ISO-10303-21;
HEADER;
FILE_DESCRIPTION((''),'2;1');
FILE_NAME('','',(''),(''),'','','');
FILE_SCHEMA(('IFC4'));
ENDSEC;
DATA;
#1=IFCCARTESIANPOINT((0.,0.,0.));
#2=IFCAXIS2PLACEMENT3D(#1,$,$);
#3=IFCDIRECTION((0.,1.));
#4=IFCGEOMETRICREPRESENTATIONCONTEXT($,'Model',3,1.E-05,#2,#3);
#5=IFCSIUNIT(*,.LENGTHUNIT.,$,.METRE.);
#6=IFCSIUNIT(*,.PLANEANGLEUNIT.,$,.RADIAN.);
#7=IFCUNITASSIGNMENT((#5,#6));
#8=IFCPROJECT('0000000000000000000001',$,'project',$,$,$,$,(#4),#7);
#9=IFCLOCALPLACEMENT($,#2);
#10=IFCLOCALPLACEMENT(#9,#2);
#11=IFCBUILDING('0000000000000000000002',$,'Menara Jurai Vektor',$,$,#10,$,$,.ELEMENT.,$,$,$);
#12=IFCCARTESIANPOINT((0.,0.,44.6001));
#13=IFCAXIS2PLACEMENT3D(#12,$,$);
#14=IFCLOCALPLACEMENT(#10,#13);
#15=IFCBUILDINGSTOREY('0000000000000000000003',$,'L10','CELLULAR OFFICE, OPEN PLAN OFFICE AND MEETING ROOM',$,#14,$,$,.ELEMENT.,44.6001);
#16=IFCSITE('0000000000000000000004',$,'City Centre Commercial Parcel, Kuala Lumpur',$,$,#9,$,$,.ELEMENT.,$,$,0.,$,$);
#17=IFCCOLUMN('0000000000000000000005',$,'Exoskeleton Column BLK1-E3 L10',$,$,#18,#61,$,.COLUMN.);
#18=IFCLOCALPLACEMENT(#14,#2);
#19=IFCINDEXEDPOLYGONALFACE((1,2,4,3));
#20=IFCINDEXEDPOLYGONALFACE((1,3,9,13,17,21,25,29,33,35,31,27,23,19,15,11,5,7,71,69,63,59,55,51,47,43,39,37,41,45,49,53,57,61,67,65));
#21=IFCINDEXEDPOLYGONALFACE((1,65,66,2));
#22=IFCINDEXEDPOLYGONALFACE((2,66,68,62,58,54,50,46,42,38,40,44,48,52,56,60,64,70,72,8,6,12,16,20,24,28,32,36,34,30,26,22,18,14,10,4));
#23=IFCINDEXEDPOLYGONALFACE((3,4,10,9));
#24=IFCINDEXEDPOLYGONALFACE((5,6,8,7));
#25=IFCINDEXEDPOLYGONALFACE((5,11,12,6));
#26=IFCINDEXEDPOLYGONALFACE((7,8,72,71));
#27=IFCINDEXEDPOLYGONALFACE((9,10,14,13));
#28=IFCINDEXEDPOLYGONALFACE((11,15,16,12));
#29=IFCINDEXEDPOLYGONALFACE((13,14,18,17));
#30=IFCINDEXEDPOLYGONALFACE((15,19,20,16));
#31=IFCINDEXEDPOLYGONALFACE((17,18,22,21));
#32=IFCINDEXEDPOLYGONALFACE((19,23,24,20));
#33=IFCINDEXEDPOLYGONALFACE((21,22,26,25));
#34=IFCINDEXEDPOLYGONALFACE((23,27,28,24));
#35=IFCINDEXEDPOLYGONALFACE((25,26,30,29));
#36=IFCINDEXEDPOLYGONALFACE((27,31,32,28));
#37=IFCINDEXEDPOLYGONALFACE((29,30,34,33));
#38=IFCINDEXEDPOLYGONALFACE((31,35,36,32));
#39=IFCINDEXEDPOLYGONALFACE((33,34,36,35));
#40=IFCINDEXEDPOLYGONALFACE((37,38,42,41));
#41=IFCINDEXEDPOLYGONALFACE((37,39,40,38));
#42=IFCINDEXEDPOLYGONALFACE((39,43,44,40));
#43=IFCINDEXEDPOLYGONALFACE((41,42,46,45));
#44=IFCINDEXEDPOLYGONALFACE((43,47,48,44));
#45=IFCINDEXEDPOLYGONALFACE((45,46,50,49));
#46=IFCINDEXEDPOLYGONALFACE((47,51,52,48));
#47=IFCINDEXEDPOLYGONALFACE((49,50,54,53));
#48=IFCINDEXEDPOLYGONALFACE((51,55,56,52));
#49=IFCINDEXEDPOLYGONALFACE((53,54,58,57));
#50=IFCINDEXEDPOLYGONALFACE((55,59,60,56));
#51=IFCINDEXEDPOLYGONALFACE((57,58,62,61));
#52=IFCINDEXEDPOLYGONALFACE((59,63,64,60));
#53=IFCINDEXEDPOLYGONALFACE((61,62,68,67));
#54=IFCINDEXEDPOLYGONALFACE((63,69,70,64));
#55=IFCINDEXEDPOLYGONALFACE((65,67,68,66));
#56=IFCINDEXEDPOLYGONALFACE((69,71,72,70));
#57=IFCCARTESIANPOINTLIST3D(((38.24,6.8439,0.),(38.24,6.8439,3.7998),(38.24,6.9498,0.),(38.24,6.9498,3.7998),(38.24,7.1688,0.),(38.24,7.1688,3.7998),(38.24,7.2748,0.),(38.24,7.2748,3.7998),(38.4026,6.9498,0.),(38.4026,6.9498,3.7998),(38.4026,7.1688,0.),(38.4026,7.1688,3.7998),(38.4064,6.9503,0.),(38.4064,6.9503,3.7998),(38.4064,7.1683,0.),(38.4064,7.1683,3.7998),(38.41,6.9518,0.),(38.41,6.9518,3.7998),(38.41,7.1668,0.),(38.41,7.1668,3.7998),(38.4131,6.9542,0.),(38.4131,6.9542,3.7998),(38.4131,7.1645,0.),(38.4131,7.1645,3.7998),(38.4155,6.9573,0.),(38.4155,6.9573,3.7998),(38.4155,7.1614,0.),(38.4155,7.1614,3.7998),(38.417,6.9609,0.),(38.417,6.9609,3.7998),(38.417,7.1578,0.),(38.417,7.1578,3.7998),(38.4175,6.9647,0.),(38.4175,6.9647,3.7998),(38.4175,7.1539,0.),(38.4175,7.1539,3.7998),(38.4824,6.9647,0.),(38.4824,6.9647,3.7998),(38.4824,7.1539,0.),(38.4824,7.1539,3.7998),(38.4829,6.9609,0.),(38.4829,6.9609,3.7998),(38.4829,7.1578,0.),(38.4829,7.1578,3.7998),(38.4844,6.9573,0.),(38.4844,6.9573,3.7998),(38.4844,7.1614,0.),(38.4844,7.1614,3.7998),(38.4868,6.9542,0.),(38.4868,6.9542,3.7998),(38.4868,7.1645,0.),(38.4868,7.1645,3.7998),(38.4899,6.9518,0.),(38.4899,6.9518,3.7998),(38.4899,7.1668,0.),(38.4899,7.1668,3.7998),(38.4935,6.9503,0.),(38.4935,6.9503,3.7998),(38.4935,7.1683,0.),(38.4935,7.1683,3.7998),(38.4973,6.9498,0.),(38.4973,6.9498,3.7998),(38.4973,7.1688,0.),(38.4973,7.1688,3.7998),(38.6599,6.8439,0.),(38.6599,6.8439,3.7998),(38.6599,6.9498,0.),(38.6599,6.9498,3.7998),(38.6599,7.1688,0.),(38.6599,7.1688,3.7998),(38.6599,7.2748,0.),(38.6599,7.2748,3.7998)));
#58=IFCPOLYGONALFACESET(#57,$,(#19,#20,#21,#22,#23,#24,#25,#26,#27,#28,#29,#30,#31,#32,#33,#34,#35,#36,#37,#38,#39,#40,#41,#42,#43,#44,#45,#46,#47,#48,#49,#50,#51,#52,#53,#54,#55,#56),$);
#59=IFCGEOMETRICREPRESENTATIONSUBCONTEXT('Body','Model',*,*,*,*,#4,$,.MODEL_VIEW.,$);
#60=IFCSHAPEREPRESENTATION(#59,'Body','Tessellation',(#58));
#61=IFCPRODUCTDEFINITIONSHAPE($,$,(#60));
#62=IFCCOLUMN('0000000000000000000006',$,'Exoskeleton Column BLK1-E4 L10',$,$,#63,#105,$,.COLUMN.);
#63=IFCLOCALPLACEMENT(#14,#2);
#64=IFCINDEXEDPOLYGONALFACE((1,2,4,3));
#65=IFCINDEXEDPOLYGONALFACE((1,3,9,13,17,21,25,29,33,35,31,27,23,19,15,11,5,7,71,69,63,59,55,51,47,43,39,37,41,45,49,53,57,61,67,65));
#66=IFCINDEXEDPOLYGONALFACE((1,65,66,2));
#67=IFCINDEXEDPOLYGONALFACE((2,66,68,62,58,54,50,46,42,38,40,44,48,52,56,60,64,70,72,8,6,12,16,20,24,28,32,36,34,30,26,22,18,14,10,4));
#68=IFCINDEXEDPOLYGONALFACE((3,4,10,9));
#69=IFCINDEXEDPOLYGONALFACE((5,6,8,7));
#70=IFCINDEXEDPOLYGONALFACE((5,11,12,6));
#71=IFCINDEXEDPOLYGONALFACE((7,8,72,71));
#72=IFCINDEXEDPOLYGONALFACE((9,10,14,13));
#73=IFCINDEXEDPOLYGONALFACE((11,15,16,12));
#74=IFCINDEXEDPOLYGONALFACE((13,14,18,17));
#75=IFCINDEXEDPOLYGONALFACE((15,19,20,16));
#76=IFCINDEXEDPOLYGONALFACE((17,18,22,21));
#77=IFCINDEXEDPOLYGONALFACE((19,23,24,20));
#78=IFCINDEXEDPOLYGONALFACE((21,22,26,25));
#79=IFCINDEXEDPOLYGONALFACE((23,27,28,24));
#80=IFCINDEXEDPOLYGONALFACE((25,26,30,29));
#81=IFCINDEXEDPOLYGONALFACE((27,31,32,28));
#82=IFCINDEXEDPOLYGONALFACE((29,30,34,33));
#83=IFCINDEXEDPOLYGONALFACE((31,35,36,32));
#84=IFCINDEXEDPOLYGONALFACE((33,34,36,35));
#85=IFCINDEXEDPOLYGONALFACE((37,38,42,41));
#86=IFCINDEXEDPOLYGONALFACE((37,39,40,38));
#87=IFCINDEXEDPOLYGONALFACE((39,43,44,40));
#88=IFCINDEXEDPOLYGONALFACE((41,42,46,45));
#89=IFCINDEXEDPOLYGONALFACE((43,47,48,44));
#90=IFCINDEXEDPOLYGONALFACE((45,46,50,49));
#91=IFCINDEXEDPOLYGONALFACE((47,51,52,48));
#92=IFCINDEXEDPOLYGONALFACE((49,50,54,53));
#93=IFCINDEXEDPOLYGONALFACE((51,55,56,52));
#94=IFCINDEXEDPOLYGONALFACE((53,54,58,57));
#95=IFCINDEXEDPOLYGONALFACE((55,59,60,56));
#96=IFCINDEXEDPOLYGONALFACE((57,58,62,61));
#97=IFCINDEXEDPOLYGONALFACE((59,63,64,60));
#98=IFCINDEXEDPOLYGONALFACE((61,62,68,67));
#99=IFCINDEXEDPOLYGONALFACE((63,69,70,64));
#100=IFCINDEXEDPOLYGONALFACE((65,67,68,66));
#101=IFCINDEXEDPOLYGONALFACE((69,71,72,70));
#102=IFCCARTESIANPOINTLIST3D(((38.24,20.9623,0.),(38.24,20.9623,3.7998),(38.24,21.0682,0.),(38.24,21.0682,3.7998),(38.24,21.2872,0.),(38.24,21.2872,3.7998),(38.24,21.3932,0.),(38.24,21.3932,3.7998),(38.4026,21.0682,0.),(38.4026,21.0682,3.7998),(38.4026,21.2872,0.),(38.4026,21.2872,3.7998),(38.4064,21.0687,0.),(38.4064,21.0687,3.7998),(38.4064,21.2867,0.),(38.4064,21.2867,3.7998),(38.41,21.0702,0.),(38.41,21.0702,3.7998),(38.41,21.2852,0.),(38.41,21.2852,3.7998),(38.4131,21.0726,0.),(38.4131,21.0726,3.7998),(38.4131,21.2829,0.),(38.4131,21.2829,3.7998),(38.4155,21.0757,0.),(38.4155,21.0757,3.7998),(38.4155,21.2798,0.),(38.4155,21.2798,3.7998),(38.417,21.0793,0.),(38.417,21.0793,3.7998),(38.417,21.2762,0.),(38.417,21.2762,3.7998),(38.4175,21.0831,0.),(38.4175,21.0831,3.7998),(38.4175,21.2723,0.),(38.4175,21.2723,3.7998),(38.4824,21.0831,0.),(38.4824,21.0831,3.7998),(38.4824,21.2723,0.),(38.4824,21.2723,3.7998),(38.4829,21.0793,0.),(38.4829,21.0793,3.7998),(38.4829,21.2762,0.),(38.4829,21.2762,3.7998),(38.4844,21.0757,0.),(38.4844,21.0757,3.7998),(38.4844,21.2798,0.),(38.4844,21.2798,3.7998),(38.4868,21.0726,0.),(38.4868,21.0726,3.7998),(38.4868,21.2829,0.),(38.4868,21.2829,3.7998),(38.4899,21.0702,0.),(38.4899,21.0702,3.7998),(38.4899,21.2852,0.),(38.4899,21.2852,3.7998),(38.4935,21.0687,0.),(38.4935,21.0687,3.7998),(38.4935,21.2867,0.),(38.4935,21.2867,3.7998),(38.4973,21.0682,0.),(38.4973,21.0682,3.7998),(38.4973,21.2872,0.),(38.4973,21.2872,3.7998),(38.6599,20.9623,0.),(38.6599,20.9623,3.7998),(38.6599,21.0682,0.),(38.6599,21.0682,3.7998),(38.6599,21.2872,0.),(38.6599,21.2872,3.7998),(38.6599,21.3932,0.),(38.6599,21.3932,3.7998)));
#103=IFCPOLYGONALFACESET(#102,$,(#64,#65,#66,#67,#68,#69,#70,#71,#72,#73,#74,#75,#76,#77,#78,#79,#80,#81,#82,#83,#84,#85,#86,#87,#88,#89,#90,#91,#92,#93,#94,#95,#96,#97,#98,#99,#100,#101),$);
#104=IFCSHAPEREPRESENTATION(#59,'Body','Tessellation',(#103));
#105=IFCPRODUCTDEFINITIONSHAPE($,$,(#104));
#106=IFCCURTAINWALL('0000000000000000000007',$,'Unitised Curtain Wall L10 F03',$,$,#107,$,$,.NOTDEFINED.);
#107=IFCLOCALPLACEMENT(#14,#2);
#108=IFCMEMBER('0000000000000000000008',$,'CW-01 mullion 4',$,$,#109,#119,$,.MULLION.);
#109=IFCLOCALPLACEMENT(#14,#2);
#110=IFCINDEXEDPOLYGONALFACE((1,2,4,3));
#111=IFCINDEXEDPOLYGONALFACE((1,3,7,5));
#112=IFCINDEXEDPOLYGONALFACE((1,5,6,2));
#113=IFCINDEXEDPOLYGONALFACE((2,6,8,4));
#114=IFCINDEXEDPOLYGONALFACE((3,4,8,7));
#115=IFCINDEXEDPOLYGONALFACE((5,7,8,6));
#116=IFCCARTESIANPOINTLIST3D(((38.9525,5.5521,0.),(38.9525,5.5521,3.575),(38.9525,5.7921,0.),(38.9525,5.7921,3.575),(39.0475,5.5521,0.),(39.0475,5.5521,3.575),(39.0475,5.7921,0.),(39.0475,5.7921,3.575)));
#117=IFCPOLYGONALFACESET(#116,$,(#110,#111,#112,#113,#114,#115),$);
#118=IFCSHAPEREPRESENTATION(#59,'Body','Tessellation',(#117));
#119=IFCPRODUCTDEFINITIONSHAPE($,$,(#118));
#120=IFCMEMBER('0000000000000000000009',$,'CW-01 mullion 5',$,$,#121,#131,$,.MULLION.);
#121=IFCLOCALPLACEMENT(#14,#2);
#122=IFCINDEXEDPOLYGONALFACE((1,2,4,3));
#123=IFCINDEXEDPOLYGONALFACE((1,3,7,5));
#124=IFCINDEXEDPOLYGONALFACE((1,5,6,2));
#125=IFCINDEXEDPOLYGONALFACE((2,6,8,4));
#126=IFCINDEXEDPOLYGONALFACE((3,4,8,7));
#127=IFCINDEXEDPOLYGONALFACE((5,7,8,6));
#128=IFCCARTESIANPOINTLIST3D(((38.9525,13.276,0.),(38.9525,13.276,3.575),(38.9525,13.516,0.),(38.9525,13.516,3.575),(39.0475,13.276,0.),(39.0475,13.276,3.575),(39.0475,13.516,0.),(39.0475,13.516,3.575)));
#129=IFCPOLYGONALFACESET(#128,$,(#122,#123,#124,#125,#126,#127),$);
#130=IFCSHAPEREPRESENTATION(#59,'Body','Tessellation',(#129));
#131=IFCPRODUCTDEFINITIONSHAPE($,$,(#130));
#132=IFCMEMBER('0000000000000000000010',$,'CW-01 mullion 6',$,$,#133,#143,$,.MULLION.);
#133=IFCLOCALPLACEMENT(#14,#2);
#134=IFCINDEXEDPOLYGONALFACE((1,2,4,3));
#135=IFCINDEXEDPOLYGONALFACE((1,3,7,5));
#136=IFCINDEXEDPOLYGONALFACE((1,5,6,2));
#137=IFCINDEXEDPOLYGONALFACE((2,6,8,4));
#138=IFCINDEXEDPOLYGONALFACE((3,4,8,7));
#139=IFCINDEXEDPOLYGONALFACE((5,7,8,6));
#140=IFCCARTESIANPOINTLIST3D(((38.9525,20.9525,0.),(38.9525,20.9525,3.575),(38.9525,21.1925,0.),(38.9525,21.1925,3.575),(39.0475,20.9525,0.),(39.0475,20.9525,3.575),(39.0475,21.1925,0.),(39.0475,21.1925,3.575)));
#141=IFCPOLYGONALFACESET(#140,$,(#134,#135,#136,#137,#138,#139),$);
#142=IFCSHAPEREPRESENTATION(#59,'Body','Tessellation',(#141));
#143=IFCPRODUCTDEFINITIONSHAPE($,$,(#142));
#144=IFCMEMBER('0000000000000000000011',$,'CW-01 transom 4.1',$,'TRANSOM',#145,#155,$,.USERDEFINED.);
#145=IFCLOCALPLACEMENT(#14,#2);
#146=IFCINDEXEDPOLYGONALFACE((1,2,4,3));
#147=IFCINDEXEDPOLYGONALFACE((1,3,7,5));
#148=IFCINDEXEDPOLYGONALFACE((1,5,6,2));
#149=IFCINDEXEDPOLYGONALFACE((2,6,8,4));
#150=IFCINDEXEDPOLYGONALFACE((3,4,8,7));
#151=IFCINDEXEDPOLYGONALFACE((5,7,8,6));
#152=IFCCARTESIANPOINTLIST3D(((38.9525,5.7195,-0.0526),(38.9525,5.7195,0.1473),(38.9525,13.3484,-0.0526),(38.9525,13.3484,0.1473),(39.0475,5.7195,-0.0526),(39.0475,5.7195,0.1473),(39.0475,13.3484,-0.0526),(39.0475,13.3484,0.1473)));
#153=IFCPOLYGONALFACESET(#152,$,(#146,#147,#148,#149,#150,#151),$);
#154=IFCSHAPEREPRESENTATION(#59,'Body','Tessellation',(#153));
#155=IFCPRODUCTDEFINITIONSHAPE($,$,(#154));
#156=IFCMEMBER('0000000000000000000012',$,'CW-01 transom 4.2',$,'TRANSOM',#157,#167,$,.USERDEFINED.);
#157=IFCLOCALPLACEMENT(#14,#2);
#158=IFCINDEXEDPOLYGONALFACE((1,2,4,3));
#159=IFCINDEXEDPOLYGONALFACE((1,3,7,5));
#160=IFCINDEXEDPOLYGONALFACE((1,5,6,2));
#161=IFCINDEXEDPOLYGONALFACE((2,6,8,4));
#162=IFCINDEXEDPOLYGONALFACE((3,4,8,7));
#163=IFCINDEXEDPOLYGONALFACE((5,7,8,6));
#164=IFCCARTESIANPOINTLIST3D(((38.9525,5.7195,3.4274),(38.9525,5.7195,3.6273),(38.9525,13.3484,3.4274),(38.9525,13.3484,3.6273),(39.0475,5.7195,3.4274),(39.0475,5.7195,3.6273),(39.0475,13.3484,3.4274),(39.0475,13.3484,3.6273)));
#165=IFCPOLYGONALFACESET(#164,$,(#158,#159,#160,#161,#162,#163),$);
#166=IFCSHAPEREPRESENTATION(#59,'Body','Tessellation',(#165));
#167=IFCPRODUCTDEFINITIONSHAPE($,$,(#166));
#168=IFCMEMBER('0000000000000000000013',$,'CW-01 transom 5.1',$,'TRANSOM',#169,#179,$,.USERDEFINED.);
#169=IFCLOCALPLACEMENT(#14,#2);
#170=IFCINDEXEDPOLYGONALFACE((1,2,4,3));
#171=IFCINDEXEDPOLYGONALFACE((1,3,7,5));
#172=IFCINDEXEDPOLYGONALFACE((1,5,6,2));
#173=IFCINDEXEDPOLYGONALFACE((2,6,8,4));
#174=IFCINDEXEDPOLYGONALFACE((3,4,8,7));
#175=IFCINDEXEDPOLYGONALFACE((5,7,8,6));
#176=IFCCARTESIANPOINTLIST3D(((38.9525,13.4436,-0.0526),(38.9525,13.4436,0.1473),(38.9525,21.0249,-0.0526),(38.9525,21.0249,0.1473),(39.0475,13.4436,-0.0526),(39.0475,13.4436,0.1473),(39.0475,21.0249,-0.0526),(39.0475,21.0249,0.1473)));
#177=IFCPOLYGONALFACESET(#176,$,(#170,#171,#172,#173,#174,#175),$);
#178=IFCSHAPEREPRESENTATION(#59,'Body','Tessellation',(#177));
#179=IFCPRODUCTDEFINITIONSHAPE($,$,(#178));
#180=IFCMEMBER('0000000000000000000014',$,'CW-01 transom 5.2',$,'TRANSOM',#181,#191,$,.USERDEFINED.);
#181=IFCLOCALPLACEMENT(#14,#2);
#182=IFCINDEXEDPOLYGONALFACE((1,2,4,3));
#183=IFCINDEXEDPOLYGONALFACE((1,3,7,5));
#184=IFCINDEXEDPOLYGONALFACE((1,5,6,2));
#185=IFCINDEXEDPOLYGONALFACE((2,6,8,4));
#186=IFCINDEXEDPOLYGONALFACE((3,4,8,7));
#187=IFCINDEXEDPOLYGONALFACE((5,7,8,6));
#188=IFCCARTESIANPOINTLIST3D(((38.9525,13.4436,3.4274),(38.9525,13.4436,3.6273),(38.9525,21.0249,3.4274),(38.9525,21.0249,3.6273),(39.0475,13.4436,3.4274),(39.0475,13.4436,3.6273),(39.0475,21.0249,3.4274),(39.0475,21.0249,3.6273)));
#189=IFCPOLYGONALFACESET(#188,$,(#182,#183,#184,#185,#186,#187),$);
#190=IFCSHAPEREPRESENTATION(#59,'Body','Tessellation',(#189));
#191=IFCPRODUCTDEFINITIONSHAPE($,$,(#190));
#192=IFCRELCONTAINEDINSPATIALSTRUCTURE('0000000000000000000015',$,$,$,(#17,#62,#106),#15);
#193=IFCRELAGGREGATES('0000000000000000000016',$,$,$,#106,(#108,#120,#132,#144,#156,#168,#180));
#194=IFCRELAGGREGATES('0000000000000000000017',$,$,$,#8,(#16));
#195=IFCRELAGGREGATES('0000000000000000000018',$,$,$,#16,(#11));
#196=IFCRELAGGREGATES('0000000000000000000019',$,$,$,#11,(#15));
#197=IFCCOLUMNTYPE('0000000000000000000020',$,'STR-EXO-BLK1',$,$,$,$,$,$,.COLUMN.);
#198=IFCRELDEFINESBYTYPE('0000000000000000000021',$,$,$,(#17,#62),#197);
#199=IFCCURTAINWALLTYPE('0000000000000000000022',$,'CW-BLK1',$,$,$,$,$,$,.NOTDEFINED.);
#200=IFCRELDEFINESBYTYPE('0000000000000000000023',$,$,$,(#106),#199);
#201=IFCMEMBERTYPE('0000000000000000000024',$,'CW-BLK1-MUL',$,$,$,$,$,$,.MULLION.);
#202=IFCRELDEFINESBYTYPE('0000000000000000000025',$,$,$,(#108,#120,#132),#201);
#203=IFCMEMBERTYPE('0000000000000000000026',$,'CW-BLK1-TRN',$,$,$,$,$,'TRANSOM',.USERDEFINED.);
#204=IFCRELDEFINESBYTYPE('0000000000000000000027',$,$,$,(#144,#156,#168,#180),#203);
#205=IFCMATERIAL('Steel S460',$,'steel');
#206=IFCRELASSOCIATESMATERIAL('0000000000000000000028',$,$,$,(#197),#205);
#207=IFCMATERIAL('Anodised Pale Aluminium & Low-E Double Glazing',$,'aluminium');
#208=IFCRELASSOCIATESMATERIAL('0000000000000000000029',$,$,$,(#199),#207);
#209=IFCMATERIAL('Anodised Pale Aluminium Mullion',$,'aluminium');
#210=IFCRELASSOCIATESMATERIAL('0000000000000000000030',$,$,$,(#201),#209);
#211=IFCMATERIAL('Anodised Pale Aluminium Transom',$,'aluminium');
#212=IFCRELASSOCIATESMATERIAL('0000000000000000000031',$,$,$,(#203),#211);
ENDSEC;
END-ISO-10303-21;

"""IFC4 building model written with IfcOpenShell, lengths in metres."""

from ifc_helpers import new_model, si_unit, direction, frame, origin, origin_2d, place, context, subcontext, project, spatial, rectangle, i_section, extrude, material, material_profile, profile_set, type_object, element, aggregate, save


model = new_model("IFC4")

# Units and contexts
model_context = context("Model", 3, precision=1e-05, world=origin(), true_north=direction((0.0, 1.0)))
body_context = subcontext(model_context, "Body", "Model", "MODEL_VIEW")
ifc_project = project(units=[si_unit("LENGTHUNIT", "METRE"), si_unit("PLANEANGLEUNIT", "RADIAN")], contexts=[model_context])

# Site, building, storey
site_placement = place(None, origin())
site = spatial("IfcSite", under=ifc_project, at=site_placement, Name="City Centre Commercial Parcel, Kuala Lumpur", CompositionType="ELEMENT", RefElevation=0.0)
building_placement = place(site_placement, origin())
building = spatial("IfcBuilding", under=site, at=building_placement, Name="Menara Jurai Vektor", CompositionType="ELEMENT")
storey_placement = place(building_placement, frame((0.0, 0.0, 44.6001)))
storey = spatial("IfcBuildingStorey", under=building, at=storey_placement, Name="L10", Description="CELLULAR OFFICE, OPEN PLAN OFFICE AND MEETING ROOM", CompositionType="ELEMENT", Elevation=44.6001)

# Columns
ifc_material_1 = material(Name="Steel S460", Category="steel")
ifc_material_profile_1 = material_profile(ifc_material_1, i_section(OverallWidth=0.4199, OverallDepth=0.4309, WebThickness=0.0649, FlangeThickness=0.106, FilletRadius=0.0149, at=origin_2d()), Name="HD 400x900")
ifc_profile_set_1 = profile_set([ifc_material_profile_1], Name="Steel S460")
column_type = type_object("IfcColumnType", Name="STR-EXO-BLK1", PredefinedType="COLUMN", material=ifc_profile_set_1)
for number, where, z_axis, x_axis, name in (
    (1, (38.45, 7.0593, 0.0), (0.0, 0.0, 1.0), (1.0, 0.0, 0.0), "Exoskeleton Column BLK1-E3 L10"),
    (2, (38.45, 21.1777, 0.0), (0.0, 0.0, 1.0), (1.0, 0.0, 0.0), "Exoskeleton Column BLK1-E4 L10"),
):
    element("IfcColumn", number, at=place(storey_placement, frame(where, z_axis=z_axis, x_axis=x_axis)), inside=storey, type_object=column_type, Name=name, PredefinedType="COLUMN", context=body_context, shape_type="SweptSolid", body=[
        extrude(i_section(OverallWidth=0.4199, OverallDepth=0.4309, WebThickness=0.0649, FlangeThickness=0.106, FilletRadius=0.0149, at=origin_2d()), origin(), (0.0, 0.0, 1.0), 3.7998),
    ])

# Curtain wall, members
ifc_material_2 = material(Name="Anodised Pale Aluminium & Low-E Double Glazing", Category="aluminium")
curtain_wall_type = type_object("IfcCurtainWallType", Name="CW-BLK1", PredefinedType="NOTDEFINED", material=ifc_material_2)
curtain_wall_placement = place(storey_placement, origin())
curtain_wall = element("IfcCurtainWall", 3, at=curtain_wall_placement, inside=storey, type_object=curtain_wall_type, Name="Unitised Curtain Wall L10 F03", PredefinedType="NOTDEFINED")
ifc_material_3 = material(Name="Anodised Pale Aluminium Mullion", Category="aluminium")
ifc_material_profile_2 = material_profile(ifc_material_3, rectangle(XDim=0.095, YDim=0.24, at=origin_2d()), Name="ALU MUL 95x240")
ifc_profile_set_2 = profile_set([ifc_material_profile_2], Name="Anodised Pale Aluminium Mullion")
member_type_1 = type_object("IfcMemberType", Name="CW-BLK1-MUL", PredefinedType="MULLION", material=ifc_profile_set_2)
member_1_placement = place(storey_placement, frame((39.0, 5.6721, 0.0), z_axis=(0.0, 0.0, 1.0), x_axis=(-1.0, 0.0, 0.0)))
member_1 = element("IfcMember", 4, at=member_1_placement, type_object=member_type_1, Name="CW-01 mullion 4", PredefinedType="MULLION", context=body_context, shape_type="SweptSolid", body=[
    extrude(rectangle(XDim=0.095, YDim=0.24, at=origin_2d()), origin(), (0.0, 0.0, 1.0), 3.575),
])
member_2_placement = place(storey_placement, frame((39.0, 13.396, 0.0), z_axis=(0.0, 0.0, 1.0), x_axis=(-1.0, 0.0, 0.0)))
member_2 = element("IfcMember", 5, at=member_2_placement, type_object=member_type_1, Name="CW-01 mullion 5", PredefinedType="MULLION", context=body_context, shape_type="SweptSolid", body=[
    extrude(rectangle(XDim=0.095, YDim=0.24, at=origin_2d()), origin(), (0.0, 0.0, 1.0), 3.575),
])
member_3_placement = place(storey_placement, frame((39.0, 21.0725, 0.0), z_axis=(0.0, 0.0, 1.0), x_axis=(-1.0, 0.0, 0.0)))
member_3 = element("IfcMember", 6, at=member_3_placement, type_object=member_type_1, Name="CW-01 mullion 6", PredefinedType="MULLION", context=body_context, shape_type="SweptSolid", body=[
    extrude(rectangle(XDim=0.095, YDim=0.24, at=origin_2d()), origin(), (0.0, 0.0, 1.0), 3.575),
])
ifc_material_4 = material(Name="Anodised Pale Aluminium Transom", Category="aluminium")
ifc_material_profile_3 = material_profile(ifc_material_4, rectangle(XDim=0.095, YDim=0.2, at=origin_2d()), Name="ALU TRN 95x200")
ifc_profile_set_3 = profile_set([ifc_material_profile_3], Name="Anodised Pale Aluminium Transom")
member_type_2 = type_object("IfcMemberType", Name="CW-BLK1-TRN", ElementType="TRANSOM", PredefinedType="USERDEFINED", material=ifc_profile_set_3)
member_4_placement = place(storey_placement, frame((39.0, 5.7195, 0.0474), z_axis=(0.0, 1.0, 0.0), x_axis=(-1.0, 0.0, 0.0)))
member_4 = element("IfcMember", 7, at=member_4_placement, type_object=member_type_2, Name="CW-01 transom 4.1", ObjectType="TRANSOM", PredefinedType="USERDEFINED", context=body_context, shape_type="SweptSolid", body=[
    extrude(rectangle(XDim=0.095, YDim=0.2, at=origin_2d()), origin(), (0.0, 0.0, 1.0), 7.6289),
])
member_5_placement = place(storey_placement, frame((39.0, 5.7195, 3.5273), z_axis=(0.0, 1.0, 0.0), x_axis=(-1.0, 0.0, 0.0)))
member_5 = element("IfcMember", 8, at=member_5_placement, type_object=member_type_2, Name="CW-01 transom 4.2", ObjectType="TRANSOM", PredefinedType="USERDEFINED", context=body_context, shape_type="SweptSolid", body=[
    extrude(rectangle(XDim=0.095, YDim=0.2, at=origin_2d()), origin(), (0.0, 0.0, 1.0), 7.6289),
])
member_6_placement = place(storey_placement, frame((39.0, 13.4436, 0.0474), z_axis=(0.0, 1.0, 0.0), x_axis=(-1.0, 0.0, 0.0)))
member_6 = element("IfcMember", 9, at=member_6_placement, type_object=member_type_2, Name="CW-01 transom 5.1", ObjectType="TRANSOM", PredefinedType="USERDEFINED", context=body_context, shape_type="SweptSolid", body=[
    extrude(rectangle(XDim=0.095, YDim=0.2, at=origin_2d()), origin(), (0.0, 0.0, 1.0), 7.5813),
])
member_7_placement = place(storey_placement, frame((39.0, 13.4436, 3.5273), z_axis=(0.0, 1.0, 0.0), x_axis=(-1.0, 0.0, 0.0)))
member_7 = element("IfcMember", 10, at=member_7_placement, type_object=member_type_2, Name="CW-01 transom 5.2", ObjectType="TRANSOM", PredefinedType="USERDEFINED", context=body_context, shape_type="SweptSolid", body=[
    extrude(rectangle(XDim=0.095, YDim=0.2, at=origin_2d()), origin(), (0.0, 0.0, 1.0), 7.5813),
])

aggregate(curtain_wall, [member_1, member_2, member_3, member_4, member_5, member_6, member_7])

save(model, "model.ifc")
